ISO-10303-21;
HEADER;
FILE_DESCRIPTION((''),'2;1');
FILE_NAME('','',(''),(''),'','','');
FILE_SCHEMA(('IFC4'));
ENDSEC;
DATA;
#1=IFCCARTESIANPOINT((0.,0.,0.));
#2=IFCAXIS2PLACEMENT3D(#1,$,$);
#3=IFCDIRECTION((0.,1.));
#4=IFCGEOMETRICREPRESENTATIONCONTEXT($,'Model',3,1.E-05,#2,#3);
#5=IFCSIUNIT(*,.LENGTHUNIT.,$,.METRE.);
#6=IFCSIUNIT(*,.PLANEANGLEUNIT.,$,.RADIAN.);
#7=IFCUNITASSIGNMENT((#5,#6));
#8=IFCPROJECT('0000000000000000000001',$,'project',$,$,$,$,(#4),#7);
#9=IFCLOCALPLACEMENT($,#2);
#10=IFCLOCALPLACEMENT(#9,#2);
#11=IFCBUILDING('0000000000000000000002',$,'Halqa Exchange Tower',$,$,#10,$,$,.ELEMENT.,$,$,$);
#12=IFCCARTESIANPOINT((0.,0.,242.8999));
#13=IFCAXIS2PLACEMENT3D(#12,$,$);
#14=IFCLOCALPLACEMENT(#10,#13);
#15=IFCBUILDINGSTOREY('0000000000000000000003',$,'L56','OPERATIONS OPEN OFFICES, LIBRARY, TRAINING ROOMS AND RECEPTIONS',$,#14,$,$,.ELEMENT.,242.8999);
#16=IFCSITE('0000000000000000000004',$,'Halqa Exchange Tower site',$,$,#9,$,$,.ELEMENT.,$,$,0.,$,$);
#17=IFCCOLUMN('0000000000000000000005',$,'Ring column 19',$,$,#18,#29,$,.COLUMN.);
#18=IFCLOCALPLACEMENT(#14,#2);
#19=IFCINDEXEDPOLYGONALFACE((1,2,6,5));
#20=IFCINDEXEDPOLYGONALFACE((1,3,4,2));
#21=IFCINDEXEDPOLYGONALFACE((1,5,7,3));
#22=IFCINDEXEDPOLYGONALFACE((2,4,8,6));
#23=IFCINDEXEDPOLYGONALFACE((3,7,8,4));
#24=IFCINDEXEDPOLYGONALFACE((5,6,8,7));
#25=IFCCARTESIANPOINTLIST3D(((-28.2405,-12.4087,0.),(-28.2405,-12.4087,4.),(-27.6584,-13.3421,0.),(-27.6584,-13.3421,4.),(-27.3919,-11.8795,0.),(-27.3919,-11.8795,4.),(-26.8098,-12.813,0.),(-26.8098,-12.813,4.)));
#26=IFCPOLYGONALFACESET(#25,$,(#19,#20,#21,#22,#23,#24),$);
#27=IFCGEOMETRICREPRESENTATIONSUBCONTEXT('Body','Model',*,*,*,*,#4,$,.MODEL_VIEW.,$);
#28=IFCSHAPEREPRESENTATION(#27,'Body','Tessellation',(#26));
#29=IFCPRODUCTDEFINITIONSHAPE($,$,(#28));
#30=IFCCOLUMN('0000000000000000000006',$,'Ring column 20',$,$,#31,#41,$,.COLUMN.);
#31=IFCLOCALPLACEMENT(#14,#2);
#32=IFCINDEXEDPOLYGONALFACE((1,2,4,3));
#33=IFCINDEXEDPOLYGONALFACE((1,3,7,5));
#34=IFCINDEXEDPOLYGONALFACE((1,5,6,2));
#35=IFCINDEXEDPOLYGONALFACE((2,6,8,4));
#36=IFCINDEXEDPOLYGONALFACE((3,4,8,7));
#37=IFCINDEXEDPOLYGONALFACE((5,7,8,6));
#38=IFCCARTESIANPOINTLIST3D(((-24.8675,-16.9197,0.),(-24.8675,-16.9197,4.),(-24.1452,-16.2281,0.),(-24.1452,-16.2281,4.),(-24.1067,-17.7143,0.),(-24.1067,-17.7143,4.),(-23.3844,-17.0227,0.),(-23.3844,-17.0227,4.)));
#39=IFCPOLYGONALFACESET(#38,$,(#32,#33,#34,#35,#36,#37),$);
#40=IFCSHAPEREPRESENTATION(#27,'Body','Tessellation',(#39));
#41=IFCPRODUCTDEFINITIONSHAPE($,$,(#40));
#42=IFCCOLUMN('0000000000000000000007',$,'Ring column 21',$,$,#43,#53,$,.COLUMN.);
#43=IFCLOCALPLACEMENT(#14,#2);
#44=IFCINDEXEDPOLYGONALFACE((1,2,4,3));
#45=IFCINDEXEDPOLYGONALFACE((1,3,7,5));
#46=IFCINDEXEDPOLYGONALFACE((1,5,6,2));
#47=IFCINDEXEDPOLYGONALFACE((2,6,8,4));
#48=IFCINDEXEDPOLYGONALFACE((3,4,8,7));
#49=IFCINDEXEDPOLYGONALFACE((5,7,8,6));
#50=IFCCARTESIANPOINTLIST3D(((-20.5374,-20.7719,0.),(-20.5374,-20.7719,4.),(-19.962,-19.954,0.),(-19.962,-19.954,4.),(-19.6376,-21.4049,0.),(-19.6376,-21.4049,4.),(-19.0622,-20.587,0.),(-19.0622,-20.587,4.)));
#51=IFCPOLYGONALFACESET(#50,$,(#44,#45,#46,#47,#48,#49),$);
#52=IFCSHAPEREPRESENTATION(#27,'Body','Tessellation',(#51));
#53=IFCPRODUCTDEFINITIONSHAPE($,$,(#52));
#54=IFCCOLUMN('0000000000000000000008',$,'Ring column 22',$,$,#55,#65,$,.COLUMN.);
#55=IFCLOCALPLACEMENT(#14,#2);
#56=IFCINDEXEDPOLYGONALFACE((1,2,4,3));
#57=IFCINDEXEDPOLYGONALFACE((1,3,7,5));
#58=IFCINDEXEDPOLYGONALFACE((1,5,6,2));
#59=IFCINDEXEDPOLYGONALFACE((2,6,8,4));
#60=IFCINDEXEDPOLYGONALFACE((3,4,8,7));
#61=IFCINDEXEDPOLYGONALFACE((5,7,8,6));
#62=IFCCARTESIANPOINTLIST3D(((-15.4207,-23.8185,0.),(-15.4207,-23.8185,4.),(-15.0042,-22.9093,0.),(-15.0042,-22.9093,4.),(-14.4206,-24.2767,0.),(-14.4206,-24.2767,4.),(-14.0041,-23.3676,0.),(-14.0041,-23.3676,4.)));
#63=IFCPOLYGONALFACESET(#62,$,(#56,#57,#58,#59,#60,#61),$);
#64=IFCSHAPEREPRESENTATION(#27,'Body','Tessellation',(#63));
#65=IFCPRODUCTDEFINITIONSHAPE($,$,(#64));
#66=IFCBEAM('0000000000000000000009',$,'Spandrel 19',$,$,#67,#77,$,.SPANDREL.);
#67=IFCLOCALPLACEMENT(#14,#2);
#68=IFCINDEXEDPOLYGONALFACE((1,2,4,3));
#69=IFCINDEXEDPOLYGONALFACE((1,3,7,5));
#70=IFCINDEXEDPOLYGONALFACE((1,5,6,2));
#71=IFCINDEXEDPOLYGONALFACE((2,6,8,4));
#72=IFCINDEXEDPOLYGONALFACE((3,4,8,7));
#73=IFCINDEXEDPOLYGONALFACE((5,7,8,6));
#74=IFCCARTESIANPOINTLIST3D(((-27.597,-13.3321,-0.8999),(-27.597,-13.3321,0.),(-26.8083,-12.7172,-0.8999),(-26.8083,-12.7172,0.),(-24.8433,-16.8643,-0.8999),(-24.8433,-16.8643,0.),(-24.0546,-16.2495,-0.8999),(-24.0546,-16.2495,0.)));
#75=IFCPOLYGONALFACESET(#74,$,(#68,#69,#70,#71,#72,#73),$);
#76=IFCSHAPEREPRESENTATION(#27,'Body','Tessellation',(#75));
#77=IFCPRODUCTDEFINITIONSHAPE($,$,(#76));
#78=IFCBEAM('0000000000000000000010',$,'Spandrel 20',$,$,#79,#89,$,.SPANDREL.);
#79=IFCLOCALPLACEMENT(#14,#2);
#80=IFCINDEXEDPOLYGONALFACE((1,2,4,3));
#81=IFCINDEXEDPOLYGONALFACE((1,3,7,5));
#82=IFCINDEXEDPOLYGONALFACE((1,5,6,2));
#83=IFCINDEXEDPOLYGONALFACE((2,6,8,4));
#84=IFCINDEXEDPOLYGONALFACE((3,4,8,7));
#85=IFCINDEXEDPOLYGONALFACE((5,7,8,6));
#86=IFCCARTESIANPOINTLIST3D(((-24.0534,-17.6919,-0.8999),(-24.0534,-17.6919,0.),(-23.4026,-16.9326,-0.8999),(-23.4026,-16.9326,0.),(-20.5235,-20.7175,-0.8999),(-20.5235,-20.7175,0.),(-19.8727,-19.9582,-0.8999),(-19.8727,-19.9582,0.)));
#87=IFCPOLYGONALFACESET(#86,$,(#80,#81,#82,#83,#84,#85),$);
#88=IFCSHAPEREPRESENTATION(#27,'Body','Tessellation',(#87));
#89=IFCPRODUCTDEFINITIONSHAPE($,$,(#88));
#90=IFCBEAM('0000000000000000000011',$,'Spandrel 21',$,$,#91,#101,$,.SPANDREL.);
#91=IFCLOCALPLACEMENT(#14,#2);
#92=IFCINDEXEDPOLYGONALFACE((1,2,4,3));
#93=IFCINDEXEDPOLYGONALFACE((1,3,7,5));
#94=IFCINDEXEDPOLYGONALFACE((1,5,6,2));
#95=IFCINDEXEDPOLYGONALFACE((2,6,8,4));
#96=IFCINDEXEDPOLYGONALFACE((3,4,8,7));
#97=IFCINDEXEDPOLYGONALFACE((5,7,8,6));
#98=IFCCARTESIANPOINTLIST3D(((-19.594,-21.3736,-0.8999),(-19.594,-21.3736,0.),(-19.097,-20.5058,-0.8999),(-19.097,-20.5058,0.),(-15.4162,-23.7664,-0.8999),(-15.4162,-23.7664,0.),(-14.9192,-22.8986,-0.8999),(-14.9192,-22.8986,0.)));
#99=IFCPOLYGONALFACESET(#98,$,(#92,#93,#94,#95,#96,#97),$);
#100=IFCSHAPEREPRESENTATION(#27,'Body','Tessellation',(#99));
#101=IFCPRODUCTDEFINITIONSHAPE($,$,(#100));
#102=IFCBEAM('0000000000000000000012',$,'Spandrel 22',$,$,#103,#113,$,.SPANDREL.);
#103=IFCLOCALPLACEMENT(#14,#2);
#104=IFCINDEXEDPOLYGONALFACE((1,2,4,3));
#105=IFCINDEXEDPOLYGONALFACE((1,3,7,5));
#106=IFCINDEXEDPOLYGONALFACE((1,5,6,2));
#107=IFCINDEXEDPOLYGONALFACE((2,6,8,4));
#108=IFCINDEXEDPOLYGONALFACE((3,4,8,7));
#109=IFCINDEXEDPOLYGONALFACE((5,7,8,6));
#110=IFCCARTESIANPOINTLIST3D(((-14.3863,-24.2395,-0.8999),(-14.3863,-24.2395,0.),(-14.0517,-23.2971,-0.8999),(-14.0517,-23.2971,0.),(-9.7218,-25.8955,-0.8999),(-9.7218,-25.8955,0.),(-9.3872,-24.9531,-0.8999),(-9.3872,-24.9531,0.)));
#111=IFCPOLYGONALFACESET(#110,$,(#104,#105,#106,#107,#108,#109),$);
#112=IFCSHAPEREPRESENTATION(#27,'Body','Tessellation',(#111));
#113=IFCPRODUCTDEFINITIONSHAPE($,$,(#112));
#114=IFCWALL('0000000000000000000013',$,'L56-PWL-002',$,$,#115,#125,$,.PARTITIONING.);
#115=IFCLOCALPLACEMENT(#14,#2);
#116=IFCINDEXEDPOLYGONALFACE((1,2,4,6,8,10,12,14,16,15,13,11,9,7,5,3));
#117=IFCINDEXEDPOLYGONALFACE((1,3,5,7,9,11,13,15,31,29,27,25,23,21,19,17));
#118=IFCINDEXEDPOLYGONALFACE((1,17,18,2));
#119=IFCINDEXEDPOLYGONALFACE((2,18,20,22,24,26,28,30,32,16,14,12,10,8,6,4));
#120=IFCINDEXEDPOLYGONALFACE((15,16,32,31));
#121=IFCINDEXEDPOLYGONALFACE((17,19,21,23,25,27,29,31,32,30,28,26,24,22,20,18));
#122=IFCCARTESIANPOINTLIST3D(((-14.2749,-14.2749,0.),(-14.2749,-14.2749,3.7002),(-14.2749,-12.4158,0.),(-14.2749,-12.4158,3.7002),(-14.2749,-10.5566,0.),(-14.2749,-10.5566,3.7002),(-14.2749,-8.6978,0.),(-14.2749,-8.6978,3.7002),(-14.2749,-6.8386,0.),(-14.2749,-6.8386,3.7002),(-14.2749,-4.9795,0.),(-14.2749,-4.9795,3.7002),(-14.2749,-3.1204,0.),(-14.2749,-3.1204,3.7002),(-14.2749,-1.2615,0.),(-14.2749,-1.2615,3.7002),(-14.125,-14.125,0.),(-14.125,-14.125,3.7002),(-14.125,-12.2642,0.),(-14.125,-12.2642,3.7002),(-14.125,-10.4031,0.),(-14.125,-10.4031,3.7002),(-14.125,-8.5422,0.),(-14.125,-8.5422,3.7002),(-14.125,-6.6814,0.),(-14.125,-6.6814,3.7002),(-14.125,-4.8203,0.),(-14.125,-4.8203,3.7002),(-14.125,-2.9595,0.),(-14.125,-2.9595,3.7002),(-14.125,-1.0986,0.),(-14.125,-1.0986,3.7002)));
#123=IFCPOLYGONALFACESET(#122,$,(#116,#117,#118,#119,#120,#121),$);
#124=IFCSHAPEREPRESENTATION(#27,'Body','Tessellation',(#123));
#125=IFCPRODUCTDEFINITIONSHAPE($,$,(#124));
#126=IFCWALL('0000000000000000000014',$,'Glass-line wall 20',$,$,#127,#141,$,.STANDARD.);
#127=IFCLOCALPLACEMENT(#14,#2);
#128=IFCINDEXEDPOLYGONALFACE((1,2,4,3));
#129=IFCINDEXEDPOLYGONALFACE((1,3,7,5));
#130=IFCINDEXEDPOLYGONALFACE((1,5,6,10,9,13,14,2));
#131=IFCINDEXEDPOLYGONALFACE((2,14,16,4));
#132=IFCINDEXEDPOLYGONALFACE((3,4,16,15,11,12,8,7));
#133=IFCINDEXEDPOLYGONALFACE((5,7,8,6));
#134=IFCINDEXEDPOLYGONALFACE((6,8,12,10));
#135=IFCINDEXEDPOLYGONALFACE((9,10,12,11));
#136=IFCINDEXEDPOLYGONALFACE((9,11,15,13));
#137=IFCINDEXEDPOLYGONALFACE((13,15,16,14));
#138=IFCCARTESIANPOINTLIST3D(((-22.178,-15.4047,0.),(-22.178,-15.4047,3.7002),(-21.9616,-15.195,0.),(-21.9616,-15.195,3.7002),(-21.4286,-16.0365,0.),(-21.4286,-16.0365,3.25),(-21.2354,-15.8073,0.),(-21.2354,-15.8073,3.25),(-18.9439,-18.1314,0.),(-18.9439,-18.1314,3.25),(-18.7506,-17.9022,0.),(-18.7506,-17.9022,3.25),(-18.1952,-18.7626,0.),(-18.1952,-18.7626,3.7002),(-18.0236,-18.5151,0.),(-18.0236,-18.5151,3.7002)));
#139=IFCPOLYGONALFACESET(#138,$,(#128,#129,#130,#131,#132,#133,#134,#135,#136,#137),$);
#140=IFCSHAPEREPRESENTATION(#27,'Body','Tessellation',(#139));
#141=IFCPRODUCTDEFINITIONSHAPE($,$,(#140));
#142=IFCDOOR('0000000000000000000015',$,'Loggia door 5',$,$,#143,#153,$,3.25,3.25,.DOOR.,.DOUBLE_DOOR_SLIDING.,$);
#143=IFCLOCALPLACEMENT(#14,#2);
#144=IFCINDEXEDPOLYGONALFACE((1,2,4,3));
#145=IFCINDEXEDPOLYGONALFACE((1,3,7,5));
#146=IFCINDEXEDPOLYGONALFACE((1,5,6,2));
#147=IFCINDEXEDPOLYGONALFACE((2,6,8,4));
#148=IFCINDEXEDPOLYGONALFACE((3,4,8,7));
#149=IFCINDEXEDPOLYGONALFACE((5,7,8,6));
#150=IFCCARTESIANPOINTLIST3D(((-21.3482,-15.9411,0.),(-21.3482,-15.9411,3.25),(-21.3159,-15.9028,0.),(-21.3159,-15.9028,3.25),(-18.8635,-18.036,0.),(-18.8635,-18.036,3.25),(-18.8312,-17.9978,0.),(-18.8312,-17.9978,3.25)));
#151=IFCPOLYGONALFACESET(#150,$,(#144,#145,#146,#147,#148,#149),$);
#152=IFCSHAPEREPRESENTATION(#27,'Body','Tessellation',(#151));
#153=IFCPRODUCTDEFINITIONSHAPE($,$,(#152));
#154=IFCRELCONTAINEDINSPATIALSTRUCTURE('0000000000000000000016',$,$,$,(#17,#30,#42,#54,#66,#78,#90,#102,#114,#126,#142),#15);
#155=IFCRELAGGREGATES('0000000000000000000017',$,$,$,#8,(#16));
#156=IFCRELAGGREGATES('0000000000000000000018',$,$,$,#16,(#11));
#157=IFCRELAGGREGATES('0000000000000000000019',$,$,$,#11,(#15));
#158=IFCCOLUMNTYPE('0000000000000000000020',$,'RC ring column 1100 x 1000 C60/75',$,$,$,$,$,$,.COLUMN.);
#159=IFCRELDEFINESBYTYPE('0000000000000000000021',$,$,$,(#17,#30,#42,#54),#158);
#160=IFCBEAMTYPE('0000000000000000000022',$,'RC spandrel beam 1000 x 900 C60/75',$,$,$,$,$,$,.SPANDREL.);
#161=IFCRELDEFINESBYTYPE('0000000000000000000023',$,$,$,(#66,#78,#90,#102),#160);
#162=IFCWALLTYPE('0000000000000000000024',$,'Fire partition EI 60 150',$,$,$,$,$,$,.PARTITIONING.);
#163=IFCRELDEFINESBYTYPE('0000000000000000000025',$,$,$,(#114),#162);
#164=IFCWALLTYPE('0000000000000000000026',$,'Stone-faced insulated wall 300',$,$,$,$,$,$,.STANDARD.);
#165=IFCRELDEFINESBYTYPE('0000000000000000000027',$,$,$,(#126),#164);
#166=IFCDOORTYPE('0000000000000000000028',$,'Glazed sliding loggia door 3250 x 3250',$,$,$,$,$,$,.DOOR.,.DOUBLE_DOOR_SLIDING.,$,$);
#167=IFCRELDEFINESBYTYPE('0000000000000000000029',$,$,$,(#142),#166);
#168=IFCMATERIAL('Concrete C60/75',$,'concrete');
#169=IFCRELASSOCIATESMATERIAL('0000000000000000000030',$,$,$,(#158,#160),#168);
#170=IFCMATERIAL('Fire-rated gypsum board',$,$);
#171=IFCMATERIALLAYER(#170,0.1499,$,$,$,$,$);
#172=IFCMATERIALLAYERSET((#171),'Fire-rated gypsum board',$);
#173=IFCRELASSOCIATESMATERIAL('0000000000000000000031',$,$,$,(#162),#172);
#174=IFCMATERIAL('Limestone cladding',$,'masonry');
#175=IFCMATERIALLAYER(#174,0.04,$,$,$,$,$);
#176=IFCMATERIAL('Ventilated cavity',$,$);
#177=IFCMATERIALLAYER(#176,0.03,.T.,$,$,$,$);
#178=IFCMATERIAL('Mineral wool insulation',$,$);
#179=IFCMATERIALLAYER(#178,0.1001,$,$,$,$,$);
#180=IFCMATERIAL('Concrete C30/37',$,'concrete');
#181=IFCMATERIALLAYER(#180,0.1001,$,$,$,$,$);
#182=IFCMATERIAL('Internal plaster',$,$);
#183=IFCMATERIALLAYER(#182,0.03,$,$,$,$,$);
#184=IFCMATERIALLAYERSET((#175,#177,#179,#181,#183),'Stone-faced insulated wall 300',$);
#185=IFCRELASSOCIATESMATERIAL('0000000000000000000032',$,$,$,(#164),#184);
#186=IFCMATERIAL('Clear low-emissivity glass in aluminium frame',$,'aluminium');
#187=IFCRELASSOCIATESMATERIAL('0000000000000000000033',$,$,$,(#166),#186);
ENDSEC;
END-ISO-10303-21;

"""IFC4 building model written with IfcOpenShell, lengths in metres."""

from ifc_helpers import new_model, si_unit, direction, frame, frame_2d, origin, origin_2d, place, context, subcontext, project, spatial, polyline, rectangle, outline, extrude, material, layer, layer_set, material_profile, profile_set, type_object, element, fill, save


model = new_model("IFC4")

# Units and contexts
model_context = context("Model", 3, precision=1e-05, world=origin(), true_north=direction((0.0, 1.0)))
body_context = subcontext(model_context, "Body", "Model", "MODEL_VIEW")
ifc_project = project(units=[si_unit("LENGTHUNIT", "METRE"), si_unit("PLANEANGLEUNIT", "RADIAN")], contexts=[model_context])

# Site, building, storey
site_placement = place(None, origin())
site = spatial("IfcSite", under=ifc_project, at=site_placement, Name="Halqa Exchange Tower site", CompositionType="ELEMENT", RefElevation=0.0)
building_placement = place(site_placement, origin())
building = spatial("IfcBuilding", under=site, at=building_placement, Name="Halqa Exchange Tower", CompositionType="ELEMENT")
storey_placement = place(building_placement, frame((0.0, 0.0, 242.8999)))
storey = spatial("IfcBuildingStorey", under=building, at=storey_placement, Name="L56", Description="OPERATIONS OPEN OFFICES, LIBRARY, TRAINING ROOMS AND RECEPTIONS", CompositionType="ELEMENT", Elevation=242.8999)

# Columns
ifc_material_1 = material(Name="Concrete C60/75", Category="concrete")
ifc_material_profile_1 = material_profile(ifc_material_1, rectangle(XDim=1.1001, YDim=1.0, at=origin_2d()), Name="1100 x 1000")
ifc_profile_set_1 = profile_set([ifc_material_profile_1], Name="Concrete C60/75")
column_type = type_object("IfcColumnType", Name="RC ring column 1100 x 1000 C60/75", PredefinedType="COLUMN", material=ifc_profile_set_1)
for number, where, z_axis, x_axis, name in (
    (1, (-27.5251, -12.6108, 0.0), (0.0, 0.0, 1.0), (0.529148, -0.84853, 0.0), "Ring column 19"),
    (2, (-24.126, -16.9712, 0.0), (0.0, 0.0, 1.0), (0.691579, -0.722301, 0.0), "Ring column 20"),
    (3, (-19.7998, -20.6794, 0.0), (0.0, 0.0, 1.0), (0.817905, -0.575354, 0.0), "Ring column 21"),
    (4, (-14.7124, -23.593, 0.0), (0.0, 0.0, 1.0), (0.909126, -0.416522, 0.0), "Ring column 22"),
):
    element("IfcColumn", number, at=place(storey_placement, frame(where, z_axis=z_axis, x_axis=x_axis)), inside=storey, type_object=column_type, Name=name, PredefinedType="COLUMN", context=body_context, shape_type="SweptSolid", body=[
        extrude(rectangle(XDim=1.1001, YDim=1.0, at=origin_2d()), origin(), (0.0, 0.0, 1.0), 4.0),
    ])

# Beams
ifc_material_profile_2 = material_profile(ifc_material_1, rectangle(XDim=1.0, YDim=0.8999, at=origin_2d()), Name="1000 x 900")
ifc_profile_set_2 = profile_set([ifc_material_profile_2], Name="Concrete C60/75")
beam_type = type_object("IfcBeamType", Name="RC spandrel beam 1000 x 900 C60/75", PredefinedType="SPANDREL", material=ifc_profile_set_2)
beam_1_placement = place(storey_placement, frame((-27.2026, -13.0247, -0.45), z_axis=(0.614827, -0.788662, 0.0), x_axis=(0.788662, 0.614827, 0.0)))
element("IfcBeam", 5, at=beam_1_placement, inside=storey, type_object=beam_type, Name="Spandrel 19", PredefinedType="SPANDREL", context=body_context, shape_type="SweptSolid", body=[
    extrude(rectangle(XDim=1.0, YDim=0.8999, at=origin_2d()), origin(), (0.0, 0.0, 1.0), 4.4788),
])
beam_2_placement = place(storey_placement, frame((-23.728, -17.3123, -0.45), z_axis=(0.759268, -0.650778, 0.0), x_axis=(0.650778, 0.759268, 0.0)))
element("IfcBeam", 6, at=beam_2_placement, inside=storey, type_object=beam_type, Name="Spandrel 20", PredefinedType="SPANDREL", context=body_context, shape_type="SweptSolid", body=[
    extrude(rectangle(XDim=1.0, YDim=0.8999, at=origin_2d()), origin(), (0.0, 0.0, 1.0), 4.6492),
])
beam_3_placement = place(storey_placement, frame((-19.3455, -20.9397, -0.45), z_axis=(0.867747, -0.497007, 0.0), x_axis=(0.497007, 0.867747, 0.0)))
element("IfcBeam", 7, at=beam_3_placement, inside=storey, type_object=beam_type, Name="Spandrel 21", PredefinedType="SPANDREL", context=body_context, shape_type="SweptSolid", body=[
    extrude(rectangle(XDim=1.0, YDim=0.8999, at=origin_2d()), origin(), (0.0, 0.0, 1.0), 4.8145),
])
beam_4_placement = place(storey_placement, frame((-14.219, -23.7683, -0.45), z_axis=(0.942374, -0.334561, 0.0), x_axis=(0.334561, 0.942374, 0.0)))
element("IfcBeam", 8, at=beam_4_placement, inside=storey, type_object=beam_type, Name="Spandrel 22", PredefinedType="SPANDREL", context=body_context, shape_type="SweptSolid", body=[
    extrude(rectangle(XDim=1.0, YDim=0.8999, at=origin_2d()), origin(), (0.0, 0.0, 1.0), 4.9497),
])

# Wall
ifc_material_2 = material(Name="Fire-rated gypsum board")
ifc_layer_1 = layer(ifc_material_2, 0.1499)
ifc_layer_set_1 = layer_set([ifc_layer_1], Name="Fire-rated gypsum board")
wall_type_1 = type_object("IfcWallType", Name="Fire partition EI 60 150", PredefinedType="PARTITIONING", material=ifc_layer_set_1)
wall_1_placement = place(storey_placement, frame((-14.2, -14.2749, 0.0), z_axis=(0.0, 0.0, 1.0), x_axis=(0.0, 1.0, 0.0)))
element("IfcWall", 9, at=wall_1_placement, inside=storey, type_object=wall_type_1, Name="L56-PWL-002", PredefinedType="PARTITIONING", context=body_context, shape_type="SweptSolid", body=[
    extrude(outline(polyline([(0.1499, -0.075), (2.0107, -0.075), (3.8718, -0.075), (5.7327, -0.075), (7.5935, -0.075), (9.4546, -0.075), (11.3154, -0.075), (13.1763, -0.075), (13.0134, 0.075), (11.1545, 0.075), (9.2954, 0.075), (7.4363, 0.075), (5.5771, 0.075), (3.7183, 0.075), (1.8591, 0.075), (0.0, 0.075), (0.1499, -0.075)])), origin(), (0.0, 0.0, 1.0), 3.7002),
])

# Wall, opening, door
ifc_material_3 = material(Name="Limestone cladding", Category="masonry")
ifc_layer_2 = layer(ifc_material_3, 0.04)
ifc_material_4 = material(Name="Ventilated cavity")
ifc_layer_3 = layer(ifc_material_4, 0.03, ventilated=True)
ifc_material_5 = material(Name="Mineral wool insulation")
ifc_layer_4 = layer(ifc_material_5, 0.1001)
ifc_material_6 = material(Name="Concrete C30/37", Category="concrete")
ifc_layer_5 = layer(ifc_material_6, 0.1001)
ifc_material_7 = material(Name="Internal plaster")
ifc_layer_6 = layer(ifc_material_7, 0.03)
ifc_layer_set_2 = layer_set([ifc_layer_2, ifc_layer_3, ifc_layer_4, ifc_layer_5, ifc_layer_6], Name="Stone-faced insulated wall 300")
wall_type_2 = type_object("IfcWallType", Name="Stone-faced insulated wall 300", PredefinedType="STANDARD", material=ifc_layer_set_2)
wall_2_placement = place(storey_placement, frame((-22.0698, -15.2998, 0.0), z_axis=(0.0, 0.0, 1.0), x_axis=(0.764531, -0.644587, 0.0)))
wall_2 = element("IfcWall", 10, at=wall_2_placement, inside=storey, type_object=wall_type_2, Name="Glass-line wall 20", PredefinedType="STANDARD", context=body_context, shape_type="SweptSolid", body=[
    extrude(outline(polyline([(-0.0151, -0.1499), (5.1943, -0.1499), (5.166, 0.1499), (0.0151, 0.1499), (-0.0151, -0.1499)])), origin(), (0.0, 0.0, 1.0), 3.7002),
])
opening_1_placement = place(wall_2_placement, frame((0.9651, 0.0, 0.0)))
opening_1 = element("IfcOpeningElement", 11, at=opening_1_placement, cuts=wall_2, PredefinedType="OPENING", context=body_context, shape_type="SweptSolid", body=[
    extrude(rectangle(XDim=3.25, YDim=3.25, at=frame_2d((1.625, 1.625))), frame((0.0, 0.1621, 0.0), z_axis=(0.0, -1.0, 0.0), x_axis=(1.0, 0.0, 0.0)), (0.0, 0.0, 1.0), 0.324),
])
ifc_material_8 = material(Name="Clear low-emissivity glass in aluminium frame", Category="aluminium")
door_type = type_object("IfcDoorType", Name="Glazed sliding loggia door 3250 x 3250", OperationType="DOUBLE_DOOR_SLIDING", PredefinedType="DOOR", material=ifc_material_8)
door_placement = place(opening_1_placement, origin())
door = element("IfcDoor", 12, at=door_placement, inside=storey, type_object=door_type, Name="Loggia door 5", OperationType="DOUBLE_DOOR_SLIDING", OverallHeight=3.25, OverallWidth=3.25, PredefinedType="DOOR", context=body_context, shape_type="SweptSolid", body=[
    extrude(rectangle(XDim=3.25, YDim=3.25, at=frame_2d((1.625, 1.625))), frame((0.0, 0.0249, 0.0), z_axis=(0.0, -1.0, 0.0), x_axis=(1.0, 0.0, 0.0)), (0.0, 0.0, 1.0), 0.05),
])
fill(opening_1, door)

save(model, "model.ifc")
